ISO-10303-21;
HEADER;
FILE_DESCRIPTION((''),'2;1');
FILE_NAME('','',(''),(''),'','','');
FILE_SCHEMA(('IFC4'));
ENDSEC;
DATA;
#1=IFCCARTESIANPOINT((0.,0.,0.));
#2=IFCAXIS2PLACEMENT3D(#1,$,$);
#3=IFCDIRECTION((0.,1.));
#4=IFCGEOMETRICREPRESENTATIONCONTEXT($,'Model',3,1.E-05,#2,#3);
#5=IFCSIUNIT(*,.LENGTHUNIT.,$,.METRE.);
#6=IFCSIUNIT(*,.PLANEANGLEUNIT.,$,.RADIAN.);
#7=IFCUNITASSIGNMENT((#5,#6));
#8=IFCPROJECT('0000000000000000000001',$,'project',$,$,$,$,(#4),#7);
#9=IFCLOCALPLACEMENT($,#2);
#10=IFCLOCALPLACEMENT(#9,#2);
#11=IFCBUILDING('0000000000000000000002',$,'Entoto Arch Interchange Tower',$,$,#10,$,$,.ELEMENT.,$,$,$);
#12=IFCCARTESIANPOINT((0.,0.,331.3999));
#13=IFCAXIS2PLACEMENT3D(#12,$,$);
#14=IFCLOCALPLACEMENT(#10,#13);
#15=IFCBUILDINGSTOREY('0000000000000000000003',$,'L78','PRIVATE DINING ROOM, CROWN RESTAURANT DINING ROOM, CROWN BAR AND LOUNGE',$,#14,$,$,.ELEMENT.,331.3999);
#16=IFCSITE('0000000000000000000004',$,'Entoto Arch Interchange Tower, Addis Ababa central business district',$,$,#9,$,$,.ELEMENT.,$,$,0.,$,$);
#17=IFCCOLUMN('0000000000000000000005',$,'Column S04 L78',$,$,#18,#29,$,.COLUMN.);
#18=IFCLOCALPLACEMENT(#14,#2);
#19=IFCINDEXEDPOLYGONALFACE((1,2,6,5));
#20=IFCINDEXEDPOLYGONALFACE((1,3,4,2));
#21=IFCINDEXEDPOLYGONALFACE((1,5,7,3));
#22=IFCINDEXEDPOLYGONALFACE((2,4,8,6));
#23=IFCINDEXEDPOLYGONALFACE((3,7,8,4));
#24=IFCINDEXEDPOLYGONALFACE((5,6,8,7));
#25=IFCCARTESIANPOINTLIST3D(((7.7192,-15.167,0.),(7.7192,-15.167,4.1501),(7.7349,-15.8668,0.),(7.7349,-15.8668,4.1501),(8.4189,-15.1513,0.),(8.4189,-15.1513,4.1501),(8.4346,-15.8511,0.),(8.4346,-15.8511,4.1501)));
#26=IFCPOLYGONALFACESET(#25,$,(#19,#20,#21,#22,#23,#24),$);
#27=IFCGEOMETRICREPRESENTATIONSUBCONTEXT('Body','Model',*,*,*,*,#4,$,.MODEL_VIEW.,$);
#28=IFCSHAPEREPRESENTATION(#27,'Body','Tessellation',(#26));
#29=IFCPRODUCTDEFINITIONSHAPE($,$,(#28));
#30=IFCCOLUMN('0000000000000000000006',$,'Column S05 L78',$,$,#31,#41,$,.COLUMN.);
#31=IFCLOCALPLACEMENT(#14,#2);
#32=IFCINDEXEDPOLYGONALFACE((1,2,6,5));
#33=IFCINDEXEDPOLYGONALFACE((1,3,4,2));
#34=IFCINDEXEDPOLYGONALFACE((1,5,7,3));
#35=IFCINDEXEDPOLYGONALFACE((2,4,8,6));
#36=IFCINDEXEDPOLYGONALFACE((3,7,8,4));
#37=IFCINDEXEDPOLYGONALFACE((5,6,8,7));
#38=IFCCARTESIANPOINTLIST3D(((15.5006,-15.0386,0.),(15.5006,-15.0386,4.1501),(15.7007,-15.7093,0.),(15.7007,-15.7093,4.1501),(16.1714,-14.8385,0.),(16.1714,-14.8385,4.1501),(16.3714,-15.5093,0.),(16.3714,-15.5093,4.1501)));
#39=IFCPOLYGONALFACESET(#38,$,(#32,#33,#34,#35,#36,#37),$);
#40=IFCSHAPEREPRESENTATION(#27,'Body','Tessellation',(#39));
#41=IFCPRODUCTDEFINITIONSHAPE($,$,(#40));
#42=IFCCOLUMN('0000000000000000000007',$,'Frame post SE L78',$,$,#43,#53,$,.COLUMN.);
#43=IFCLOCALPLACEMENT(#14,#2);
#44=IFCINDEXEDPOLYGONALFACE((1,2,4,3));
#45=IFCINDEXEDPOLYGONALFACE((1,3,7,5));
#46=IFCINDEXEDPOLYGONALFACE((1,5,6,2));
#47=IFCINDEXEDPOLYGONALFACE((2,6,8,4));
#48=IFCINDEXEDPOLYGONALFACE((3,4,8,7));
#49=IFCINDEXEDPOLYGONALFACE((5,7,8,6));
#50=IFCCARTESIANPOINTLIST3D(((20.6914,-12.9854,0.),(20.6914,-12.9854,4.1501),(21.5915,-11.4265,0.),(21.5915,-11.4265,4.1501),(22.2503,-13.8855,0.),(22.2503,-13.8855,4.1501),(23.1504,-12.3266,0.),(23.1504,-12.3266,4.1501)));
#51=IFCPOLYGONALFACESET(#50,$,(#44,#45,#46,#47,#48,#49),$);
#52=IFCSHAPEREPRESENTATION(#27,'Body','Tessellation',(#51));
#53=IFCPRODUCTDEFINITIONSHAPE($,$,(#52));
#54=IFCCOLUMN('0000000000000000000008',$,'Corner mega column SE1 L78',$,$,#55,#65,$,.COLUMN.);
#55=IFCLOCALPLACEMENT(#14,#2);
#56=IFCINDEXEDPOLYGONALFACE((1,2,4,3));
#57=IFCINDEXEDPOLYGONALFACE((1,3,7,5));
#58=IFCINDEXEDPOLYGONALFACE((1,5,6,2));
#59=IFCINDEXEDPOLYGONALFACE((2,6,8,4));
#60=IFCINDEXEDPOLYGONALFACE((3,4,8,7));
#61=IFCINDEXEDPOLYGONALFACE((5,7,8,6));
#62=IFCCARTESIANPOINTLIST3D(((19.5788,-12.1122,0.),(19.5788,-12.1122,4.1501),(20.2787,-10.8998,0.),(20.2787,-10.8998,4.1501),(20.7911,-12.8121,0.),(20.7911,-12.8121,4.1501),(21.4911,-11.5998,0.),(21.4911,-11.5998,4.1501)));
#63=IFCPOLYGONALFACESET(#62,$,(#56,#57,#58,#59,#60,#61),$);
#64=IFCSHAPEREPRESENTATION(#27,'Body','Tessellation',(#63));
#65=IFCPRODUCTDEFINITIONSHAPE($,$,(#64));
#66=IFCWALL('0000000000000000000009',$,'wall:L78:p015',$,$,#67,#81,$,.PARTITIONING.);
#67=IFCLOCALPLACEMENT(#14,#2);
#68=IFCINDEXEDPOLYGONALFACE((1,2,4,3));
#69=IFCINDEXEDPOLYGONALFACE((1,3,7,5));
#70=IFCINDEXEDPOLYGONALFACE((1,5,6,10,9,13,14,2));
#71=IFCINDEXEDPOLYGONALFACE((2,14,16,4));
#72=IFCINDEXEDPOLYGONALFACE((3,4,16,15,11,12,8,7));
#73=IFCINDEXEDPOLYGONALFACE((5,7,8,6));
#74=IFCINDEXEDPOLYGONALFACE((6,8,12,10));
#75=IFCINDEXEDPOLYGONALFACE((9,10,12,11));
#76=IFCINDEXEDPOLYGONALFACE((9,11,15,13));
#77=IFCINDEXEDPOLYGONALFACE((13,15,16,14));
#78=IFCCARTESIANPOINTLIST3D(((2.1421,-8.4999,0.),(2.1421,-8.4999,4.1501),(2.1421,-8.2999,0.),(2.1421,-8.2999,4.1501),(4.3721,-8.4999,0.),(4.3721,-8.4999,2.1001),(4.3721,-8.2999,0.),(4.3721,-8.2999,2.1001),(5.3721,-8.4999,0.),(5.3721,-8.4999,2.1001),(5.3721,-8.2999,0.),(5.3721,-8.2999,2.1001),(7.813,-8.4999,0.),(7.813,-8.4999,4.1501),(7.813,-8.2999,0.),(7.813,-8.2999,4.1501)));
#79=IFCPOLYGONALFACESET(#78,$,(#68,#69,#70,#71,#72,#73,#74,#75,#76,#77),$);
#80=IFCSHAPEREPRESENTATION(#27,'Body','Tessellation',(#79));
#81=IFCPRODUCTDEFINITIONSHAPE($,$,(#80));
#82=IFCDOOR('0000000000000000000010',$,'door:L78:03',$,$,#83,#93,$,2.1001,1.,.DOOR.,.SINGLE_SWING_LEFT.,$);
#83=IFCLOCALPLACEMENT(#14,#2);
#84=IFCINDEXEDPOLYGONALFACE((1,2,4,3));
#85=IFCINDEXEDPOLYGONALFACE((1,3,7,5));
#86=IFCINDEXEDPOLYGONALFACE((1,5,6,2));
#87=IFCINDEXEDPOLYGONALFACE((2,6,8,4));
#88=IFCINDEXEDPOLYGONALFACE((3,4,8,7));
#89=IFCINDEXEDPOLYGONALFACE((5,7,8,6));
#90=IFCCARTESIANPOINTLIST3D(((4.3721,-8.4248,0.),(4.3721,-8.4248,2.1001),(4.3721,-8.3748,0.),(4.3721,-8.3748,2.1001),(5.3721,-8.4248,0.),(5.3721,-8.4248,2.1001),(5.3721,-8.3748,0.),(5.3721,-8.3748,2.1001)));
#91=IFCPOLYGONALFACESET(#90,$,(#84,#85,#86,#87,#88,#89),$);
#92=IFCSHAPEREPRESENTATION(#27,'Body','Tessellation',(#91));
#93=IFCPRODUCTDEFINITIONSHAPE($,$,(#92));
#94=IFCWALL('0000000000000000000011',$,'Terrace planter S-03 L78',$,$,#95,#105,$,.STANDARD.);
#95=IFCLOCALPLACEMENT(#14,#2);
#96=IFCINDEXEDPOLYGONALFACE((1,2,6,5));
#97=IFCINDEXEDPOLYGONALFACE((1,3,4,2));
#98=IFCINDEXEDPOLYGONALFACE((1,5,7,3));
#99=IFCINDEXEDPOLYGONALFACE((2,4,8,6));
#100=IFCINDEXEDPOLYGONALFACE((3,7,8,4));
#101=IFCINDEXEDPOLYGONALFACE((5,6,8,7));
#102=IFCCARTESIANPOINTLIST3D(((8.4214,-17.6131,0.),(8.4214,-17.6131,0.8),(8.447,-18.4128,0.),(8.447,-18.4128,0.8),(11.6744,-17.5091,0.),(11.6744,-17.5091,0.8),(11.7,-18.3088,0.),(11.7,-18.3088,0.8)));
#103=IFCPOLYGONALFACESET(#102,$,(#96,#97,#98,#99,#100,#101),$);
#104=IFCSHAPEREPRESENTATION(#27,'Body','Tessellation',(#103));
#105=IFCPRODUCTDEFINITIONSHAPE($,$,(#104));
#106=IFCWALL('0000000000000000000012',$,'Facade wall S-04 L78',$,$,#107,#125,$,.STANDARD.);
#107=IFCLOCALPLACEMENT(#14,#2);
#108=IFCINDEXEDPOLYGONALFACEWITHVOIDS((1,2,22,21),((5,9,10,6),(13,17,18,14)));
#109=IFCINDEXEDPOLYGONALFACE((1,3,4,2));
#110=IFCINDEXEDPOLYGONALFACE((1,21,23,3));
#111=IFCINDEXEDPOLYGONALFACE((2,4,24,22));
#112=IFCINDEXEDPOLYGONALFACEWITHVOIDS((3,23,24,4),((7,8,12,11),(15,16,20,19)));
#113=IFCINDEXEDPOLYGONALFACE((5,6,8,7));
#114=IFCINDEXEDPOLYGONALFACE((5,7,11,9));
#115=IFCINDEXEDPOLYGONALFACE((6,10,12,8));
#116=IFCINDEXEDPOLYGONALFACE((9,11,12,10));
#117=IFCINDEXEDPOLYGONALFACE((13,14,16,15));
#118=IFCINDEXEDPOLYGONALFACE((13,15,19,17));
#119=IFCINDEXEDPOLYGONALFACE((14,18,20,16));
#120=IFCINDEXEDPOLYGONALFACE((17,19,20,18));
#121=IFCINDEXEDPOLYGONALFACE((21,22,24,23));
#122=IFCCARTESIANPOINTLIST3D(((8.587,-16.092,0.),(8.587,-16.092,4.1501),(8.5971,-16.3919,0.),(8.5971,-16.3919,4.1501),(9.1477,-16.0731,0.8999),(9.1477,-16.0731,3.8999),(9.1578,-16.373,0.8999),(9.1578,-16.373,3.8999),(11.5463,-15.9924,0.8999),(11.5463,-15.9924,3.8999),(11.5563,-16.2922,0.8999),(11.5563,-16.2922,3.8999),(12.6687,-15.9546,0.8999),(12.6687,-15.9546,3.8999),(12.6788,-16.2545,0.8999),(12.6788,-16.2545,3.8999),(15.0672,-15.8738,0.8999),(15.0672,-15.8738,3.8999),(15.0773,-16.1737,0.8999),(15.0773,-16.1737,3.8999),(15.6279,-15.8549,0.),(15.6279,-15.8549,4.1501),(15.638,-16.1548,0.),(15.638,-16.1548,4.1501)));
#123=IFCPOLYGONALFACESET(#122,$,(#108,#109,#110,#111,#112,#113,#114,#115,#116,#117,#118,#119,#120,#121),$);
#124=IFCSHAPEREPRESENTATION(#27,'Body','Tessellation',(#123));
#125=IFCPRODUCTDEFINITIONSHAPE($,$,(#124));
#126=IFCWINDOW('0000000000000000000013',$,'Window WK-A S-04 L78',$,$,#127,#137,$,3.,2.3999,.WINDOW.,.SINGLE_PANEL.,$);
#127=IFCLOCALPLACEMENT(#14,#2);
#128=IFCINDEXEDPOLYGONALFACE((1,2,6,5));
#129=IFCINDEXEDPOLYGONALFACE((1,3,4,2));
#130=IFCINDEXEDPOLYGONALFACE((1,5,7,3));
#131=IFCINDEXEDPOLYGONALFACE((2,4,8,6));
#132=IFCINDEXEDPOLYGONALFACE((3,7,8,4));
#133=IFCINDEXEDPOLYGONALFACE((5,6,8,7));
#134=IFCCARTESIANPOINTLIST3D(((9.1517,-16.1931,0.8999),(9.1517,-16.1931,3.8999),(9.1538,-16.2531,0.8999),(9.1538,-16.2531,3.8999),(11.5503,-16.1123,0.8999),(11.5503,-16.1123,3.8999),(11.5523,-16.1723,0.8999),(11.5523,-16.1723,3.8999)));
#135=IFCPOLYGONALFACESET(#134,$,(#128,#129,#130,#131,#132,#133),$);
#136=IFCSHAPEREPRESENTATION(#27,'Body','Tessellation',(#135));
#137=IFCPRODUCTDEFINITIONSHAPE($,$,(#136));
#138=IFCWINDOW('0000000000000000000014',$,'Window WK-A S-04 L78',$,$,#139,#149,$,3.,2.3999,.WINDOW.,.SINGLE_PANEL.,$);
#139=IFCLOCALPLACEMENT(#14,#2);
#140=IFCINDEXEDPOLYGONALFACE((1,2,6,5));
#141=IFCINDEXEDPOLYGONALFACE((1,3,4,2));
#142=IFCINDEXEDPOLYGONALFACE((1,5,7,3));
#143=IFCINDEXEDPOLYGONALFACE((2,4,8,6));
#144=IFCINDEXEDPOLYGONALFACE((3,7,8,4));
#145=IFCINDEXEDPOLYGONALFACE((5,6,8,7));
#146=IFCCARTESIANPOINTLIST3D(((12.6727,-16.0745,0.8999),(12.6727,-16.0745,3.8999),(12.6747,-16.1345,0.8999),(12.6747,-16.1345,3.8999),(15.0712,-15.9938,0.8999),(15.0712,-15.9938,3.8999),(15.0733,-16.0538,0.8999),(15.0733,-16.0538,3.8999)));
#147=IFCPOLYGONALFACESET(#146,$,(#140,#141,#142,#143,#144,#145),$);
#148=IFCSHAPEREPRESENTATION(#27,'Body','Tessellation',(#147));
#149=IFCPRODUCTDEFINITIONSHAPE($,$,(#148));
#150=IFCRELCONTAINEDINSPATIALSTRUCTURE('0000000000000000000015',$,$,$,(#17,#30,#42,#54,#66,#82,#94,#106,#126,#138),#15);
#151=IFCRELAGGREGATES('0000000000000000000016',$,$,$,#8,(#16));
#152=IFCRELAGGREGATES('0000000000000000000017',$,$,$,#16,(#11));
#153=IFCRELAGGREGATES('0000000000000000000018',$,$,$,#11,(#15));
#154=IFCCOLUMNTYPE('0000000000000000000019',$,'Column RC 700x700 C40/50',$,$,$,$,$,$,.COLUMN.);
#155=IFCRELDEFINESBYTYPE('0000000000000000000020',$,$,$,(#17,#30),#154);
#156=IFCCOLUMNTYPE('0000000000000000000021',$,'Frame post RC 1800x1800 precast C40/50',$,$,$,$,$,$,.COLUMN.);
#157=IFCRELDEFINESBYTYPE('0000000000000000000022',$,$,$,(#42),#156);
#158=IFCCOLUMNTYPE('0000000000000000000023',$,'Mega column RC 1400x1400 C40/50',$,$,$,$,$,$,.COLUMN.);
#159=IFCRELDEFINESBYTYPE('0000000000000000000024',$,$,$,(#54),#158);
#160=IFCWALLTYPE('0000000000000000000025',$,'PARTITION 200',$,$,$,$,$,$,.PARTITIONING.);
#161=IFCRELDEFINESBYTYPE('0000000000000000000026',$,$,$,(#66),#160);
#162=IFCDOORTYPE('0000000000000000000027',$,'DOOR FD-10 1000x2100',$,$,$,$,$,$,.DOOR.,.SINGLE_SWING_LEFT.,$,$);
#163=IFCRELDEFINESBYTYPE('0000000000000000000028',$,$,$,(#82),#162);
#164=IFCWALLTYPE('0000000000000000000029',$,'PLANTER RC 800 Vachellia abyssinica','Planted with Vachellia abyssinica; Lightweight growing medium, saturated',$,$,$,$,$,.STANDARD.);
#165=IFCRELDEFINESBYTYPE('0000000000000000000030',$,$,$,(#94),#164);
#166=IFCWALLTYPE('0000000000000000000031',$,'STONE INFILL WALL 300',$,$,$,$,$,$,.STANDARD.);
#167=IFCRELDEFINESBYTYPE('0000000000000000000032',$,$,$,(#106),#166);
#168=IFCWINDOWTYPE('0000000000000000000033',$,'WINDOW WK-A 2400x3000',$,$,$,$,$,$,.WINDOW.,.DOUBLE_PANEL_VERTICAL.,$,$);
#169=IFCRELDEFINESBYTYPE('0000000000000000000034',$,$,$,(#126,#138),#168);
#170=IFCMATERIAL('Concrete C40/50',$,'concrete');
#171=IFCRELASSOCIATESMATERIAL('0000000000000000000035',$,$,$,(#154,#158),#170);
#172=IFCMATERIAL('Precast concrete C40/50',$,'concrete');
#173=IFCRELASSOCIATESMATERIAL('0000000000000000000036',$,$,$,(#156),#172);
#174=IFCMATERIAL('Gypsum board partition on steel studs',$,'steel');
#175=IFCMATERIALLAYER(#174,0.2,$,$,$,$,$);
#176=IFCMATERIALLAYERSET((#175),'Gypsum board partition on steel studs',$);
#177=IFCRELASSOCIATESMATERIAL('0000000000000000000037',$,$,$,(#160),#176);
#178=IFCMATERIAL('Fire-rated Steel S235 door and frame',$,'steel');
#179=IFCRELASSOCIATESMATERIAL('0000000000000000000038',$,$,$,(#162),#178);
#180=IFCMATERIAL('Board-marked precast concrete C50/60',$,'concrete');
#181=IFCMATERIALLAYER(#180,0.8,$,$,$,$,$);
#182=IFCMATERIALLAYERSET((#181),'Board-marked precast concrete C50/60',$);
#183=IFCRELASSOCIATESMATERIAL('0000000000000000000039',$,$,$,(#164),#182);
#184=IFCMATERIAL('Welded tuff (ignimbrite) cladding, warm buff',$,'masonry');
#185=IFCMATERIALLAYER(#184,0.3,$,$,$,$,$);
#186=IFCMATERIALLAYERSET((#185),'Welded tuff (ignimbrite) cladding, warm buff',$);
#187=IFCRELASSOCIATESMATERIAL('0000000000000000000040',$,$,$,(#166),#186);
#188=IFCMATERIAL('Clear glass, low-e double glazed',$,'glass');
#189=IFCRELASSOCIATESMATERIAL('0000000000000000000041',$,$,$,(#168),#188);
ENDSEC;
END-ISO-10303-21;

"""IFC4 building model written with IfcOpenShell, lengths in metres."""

from ifc_helpers import new_model, si_unit, direction, frame, frame_2d, origin, origin_2d, place, context, subcontext, project, spatial, rectangle, extrude, material, layer, layer_set, material_profile, profile_set, type_object, element, fill, save


model = new_model("IFC4")

# Units and contexts
model_context = context("Model", 3, precision=1e-05, world=origin(), true_north=direction((0.0, 1.0)))
body_context = subcontext(model_context, "Body", "Model", "MODEL_VIEW")
ifc_project = project(units=[si_unit("LENGTHUNIT", "METRE"), si_unit("PLANEANGLEUNIT", "RADIAN")], contexts=[model_context])

# Site, building, storey
site_placement = place(None, origin())
site = spatial("IfcSite", under=ifc_project, at=site_placement, Name="Entoto Arch Interchange Tower, Addis Ababa central business district", CompositionType="ELEMENT", RefElevation=0.0)
building_placement = place(site_placement, origin())
building = spatial("IfcBuilding", under=site, at=building_placement, Name="Entoto Arch Interchange Tower", CompositionType="ELEMENT")
storey_placement = place(building_placement, frame((0.0, 0.0, 331.3999)))
storey = spatial("IfcBuildingStorey", under=building, at=storey_placement, Name="L78", Description="PRIVATE DINING ROOM, CROWN RESTAURANT DINING ROOM, CROWN BAR AND LOUNGE", CompositionType="ELEMENT", Elevation=331.3999)

# Columns
ifc_material_1 = material(Name="Concrete C40/50", Category="concrete")
ifc_material_profile_1 = material_profile(ifc_material_1, rectangle(XDim=0.7, YDim=0.7, at=origin_2d()))
ifc_profile_set_1 = profile_set([ifc_material_profile_1], Name="Concrete C40/50")
column_type_1 = type_object("IfcColumnType", Name="Column RC 700x700 C40/50", PredefinedType="COLUMN", material=ifc_profile_set_1)
for number, where, z_axis, x_axis, name in (
    (1, (8.0769, -15.509, 0.0), (0.0, 0.0, 1.0), (0.999748, 0.022443, 0.0), "Column S04 L78"),
    (2, (15.936, -15.2739, 0.0), (0.0, 0.0, 1.0), (0.958288, 0.285805, 0.0), "Column S05 L78"),
):
    element("IfcColumn", number, at=place(storey_placement, frame(where, z_axis=z_axis, x_axis=x_axis)), inside=storey, type_object=column_type_1, Name=name, PredefinedType="COLUMN", context=body_context, shape_type="SweptSolid", body=[
        extrude(rectangle(XDim=0.7, YDim=0.7, at=origin_2d()), origin(), (0.0, 0.0, 1.0), 4.1501),
    ])
ifc_material_2 = material(Name="Precast concrete C40/50", Category="concrete")
ifc_material_profile_2 = material_profile(ifc_material_2, rectangle(XDim=1.8, YDim=1.8, at=origin_2d()))
ifc_profile_set_2 = profile_set([ifc_material_profile_2], Name="Precast concrete C40/50")
column_type_2 = type_object("IfcColumnType", Name="Frame post RC 1800x1800 precast C40/50", PredefinedType="COLUMN", material=ifc_profile_set_2)
column_1_placement = place(storey_placement, frame((21.9209, -12.656, 0.0), z_axis=(0.0, 0.0, 1.0), x_axis=(-0.866025, 0.5, 0.0)))
element("IfcColumn", 3, at=column_1_placement, inside=storey, type_object=column_type_2, Name="Frame post SE L78", PredefinedType="COLUMN", context=body_context, shape_type="SweptSolid", body=[
    extrude(rectangle(XDim=1.8, YDim=1.8, at=origin_2d()), origin(), (0.0, 0.0, 1.0), 4.1501),
])
ifc_material_profile_3 = material_profile(ifc_material_1, rectangle(XDim=1.3999, YDim=1.3999, at=origin_2d()))
ifc_profile_set_3 = profile_set([ifc_material_profile_3], Name="Concrete C40/50")
column_type_3 = type_object("IfcColumnType", Name="Mega column RC 1400x1400 C40/50", PredefinedType="COLUMN", material=ifc_profile_set_3)
column_2_placement = place(storey_placement, frame((20.5349, -11.856, 0.0), z_axis=(0.0, 0.0, 1.0), x_axis=(-0.866025, 0.5, 0.0)))
element("IfcColumn", 4, at=column_2_placement, inside=storey, type_object=column_type_3, Name="Corner mega column SE1 L78", PredefinedType="COLUMN", context=body_context, shape_type="SweptSolid", body=[
    extrude(rectangle(XDim=1.3999, YDim=1.3999, at=origin_2d()), origin(), (0.0, 0.0, 1.0), 4.1501),
])

# Wall, opening, door
ifc_material_3 = material(Name="Gypsum board partition on steel studs", Category="steel")
ifc_layer_1 = layer(ifc_material_3, 0.2)
ifc_layer_set_1 = layer_set([ifc_layer_1], Name="Gypsum board partition on steel studs")
wall_type_1 = type_object("IfcWallType", Name="PARTITION 200", PredefinedType="PARTITIONING", material=ifc_layer_set_1)
wall_1_placement = place(storey_placement, frame((7.813, -8.3999, 0.0), z_axis=(0.0, 0.0, 1.0), x_axis=(-1.0, 0.0, 0.0)))
wall_1 = element("IfcWall", 5, at=wall_1_placement, inside=storey, type_object=wall_type_1, Name="wall:L78:p015", PredefinedType="PARTITIONING", context=body_context, shape_type="SweptSolid", body=[
    extrude(rectangle(XDim=5.6709, YDim=0.2, at=frame_2d((2.8354, 0.0))), origin(), (0.0, 0.0, 1.0), 4.1501),
])
opening_1_placement = place(wall_1_placement, frame((2.4409, 0.0, 0.0)))
opening_1 = element("IfcOpeningElement", 6, at=opening_1_placement, cuts=wall_1, PredefinedType="OPENING", context=body_context, shape_type="SweptSolid", body=[
    extrude(rectangle(XDim=1.0, YDim=2.1001, at=frame_2d((0.5, 1.05))), frame((0.0, 0.1099, 0.0), z_axis=(0.0, -1.0, 0.0), x_axis=(1.0, 0.0, 0.0)), (0.0, 0.0, 1.0), 0.22),
])
ifc_material_4 = material(Name="Fire-rated Steel S235 door and frame", Category="steel")
door_type = type_object("IfcDoorType", Name="DOOR FD-10 1000x2100", OperationType="SINGLE_SWING_LEFT", PredefinedType="DOOR", material=ifc_material_4)
door_placement = place(opening_1_placement, origin())
door = element("IfcDoor", 7, at=door_placement, inside=storey, type_object=door_type, Name="door:L78:03", OperationType="SINGLE_SWING_LEFT", OverallHeight=2.1001, OverallWidth=1.0, PredefinedType="DOOR", context=body_context, shape_type="SweptSolid", body=[
    extrude(rectangle(XDim=1.0, YDim=2.1001, at=frame_2d((0.5, 1.05))), frame((0.0, 0.0249, 0.0), z_axis=(0.0, -1.0, 0.0), x_axis=(1.0, 0.0, 0.0)), (0.0, 0.0, 1.0), 0.05),
])
fill(opening_1, door)

# Wall
ifc_material_5 = material(Name="Board-marked precast concrete C50/60", Category="concrete")
ifc_layer_2 = layer(ifc_material_5, 0.8)
ifc_layer_set_2 = layer_set([ifc_layer_2], Name="Board-marked precast concrete C50/60")
wall_type_2 = type_object("IfcWallType", Name="PLANTER RC 800 Vachellia abyssinica", Description="Planted with Vachellia abyssinica; Lightweight growing medium, saturated", PredefinedType="STANDARD", material=ifc_layer_set_2)
wall_2_placement = place(storey_placement, frame((8.4341, -18.0129, 0.0), z_axis=(0.0, 0.0, 1.0), x_axis=(0.999489, 0.031956, 0.0)))
element("IfcWall", 8, at=wall_2_placement, inside=storey, type_object=wall_type_2, Name="Terrace planter S-03 L78", PredefinedType="STANDARD", context=body_context, shape_type="SweptSolid", body=[
    extrude(rectangle(XDim=3.2546, YDim=0.8, at=frame_2d((1.6274, 0.0))), origin(), (0.0, 0.0, 1.0), 0.8),
])

# Wall, openings, windows
ifc_material_6 = material(Name="Welded tuff (ignimbrite) cladding, warm buff", Category="masonry")
ifc_layer_3 = layer(ifc_material_6, 0.3)
ifc_layer_set_3 = layer_set([ifc_layer_3], Name="Welded tuff (ignimbrite) cladding, warm buff")
wall_type_3 = type_object("IfcWallType", Name="STONE INFILL WALL 300", PredefinedType="STANDARD", material=ifc_layer_set_3)
wall_3_placement = place(storey_placement, frame((8.592, -16.2419, 0.0), z_axis=(0.0, 0.0, 1.0), x_axis=(0.999434, 0.033649, 0.0)))
wall_3 = element("IfcWall", 9, at=wall_3_placement, inside=storey, type_object=wall_type_3, Name="Facade wall S-04 L78", PredefinedType="STANDARD", context=body_context, shape_type="SweptSolid", body=[
    extrude(rectangle(XDim=7.0449, YDim=0.3, at=frame_2d((3.5225, 0.0))), origin(), (0.0, 0.0, 1.0), 4.1501),
])
opening_2_placement = place(wall_3_placement, frame((0.561, 0.0, 0.8999)))
opening_2 = element("IfcOpeningElement", 10, at=opening_2_placement, cuts=wall_3, PredefinedType="OPENING", context=body_context, shape_type="SweptSolid", body=[
    extrude(rectangle(XDim=2.3999, YDim=3.0, at=frame_2d((1.2, 1.5))), frame((0.0, 0.1602, 0.0), z_axis=(0.0, -1.0, 0.0), x_axis=(1.0, 0.0, 0.0)), (0.0, 0.0, 1.0), 0.3201),
])
opening_3_placement = place(wall_3_placement, frame((4.084, 0.0, 0.8999)))
opening_3 = element("IfcOpeningElement", 11, at=opening_3_placement, cuts=wall_3, PredefinedType="OPENING", context=body_context, shape_type="SweptSolid", body=[
    extrude(rectangle(XDim=2.3999, YDim=3.0, at=frame_2d((1.2, 1.5))), frame((0.0, 0.1602, 0.0), z_axis=(0.0, -1.0, 0.0), x_axis=(1.0, 0.0, 0.0)), (0.0, 0.0, 1.0), 0.3201),
])
ifc_material_7 = material(Name="Clear glass, low-e double glazed", Category="glass")
window_type_1 = type_object("IfcWindowType", Name="WINDOW WK-A 2400x3000", PartitioningType="DOUBLE_PANEL_VERTICAL", PredefinedType="WINDOW", material=ifc_material_7)
window_1_placement = place(opening_2_placement, origin())
window_1 = element("IfcWindow", 12, at=window_1_placement, inside=storey, type_object=window_type_1, Name="Window WK-A S-04 L78", OverallHeight=3.0, OverallWidth=2.3999, PartitioningType="SINGLE_PANEL", PredefinedType="WINDOW", context=body_context, shape_type="SweptSolid", body=[
    extrude(rectangle(XDim=2.3999, YDim=3.0, at=frame_2d((1.2, 1.5))), frame((0.0, 0.03, 0.0), z_axis=(0.0, -1.0, 0.0), x_axis=(1.0, 0.0, 0.0)), (0.0, 0.0, 1.0), 0.0601),
])
fill(opening_2, window_1)
window_2_placement = place(opening_3_placement, origin())
window_2 = element("IfcWindow", 13, at=window_2_placement, inside=storey, type_object=window_type_1, Name="Window WK-A S-04 L78", OverallHeight=3.0, OverallWidth=2.3999, PartitioningType="SINGLE_PANEL", PredefinedType="WINDOW", context=body_context, shape_type="SweptSolid", body=[
    extrude(rectangle(XDim=2.3999, YDim=3.0, at=frame_2d((1.2, 1.5))), frame((0.0, 0.03, 0.0), z_axis=(0.0, -1.0, 0.0), x_axis=(1.0, 0.0, 0.0)), (0.0, 0.0, 1.0), 0.0601),
])
fill(opening_3, window_2)

save(model, "model.ifc")
